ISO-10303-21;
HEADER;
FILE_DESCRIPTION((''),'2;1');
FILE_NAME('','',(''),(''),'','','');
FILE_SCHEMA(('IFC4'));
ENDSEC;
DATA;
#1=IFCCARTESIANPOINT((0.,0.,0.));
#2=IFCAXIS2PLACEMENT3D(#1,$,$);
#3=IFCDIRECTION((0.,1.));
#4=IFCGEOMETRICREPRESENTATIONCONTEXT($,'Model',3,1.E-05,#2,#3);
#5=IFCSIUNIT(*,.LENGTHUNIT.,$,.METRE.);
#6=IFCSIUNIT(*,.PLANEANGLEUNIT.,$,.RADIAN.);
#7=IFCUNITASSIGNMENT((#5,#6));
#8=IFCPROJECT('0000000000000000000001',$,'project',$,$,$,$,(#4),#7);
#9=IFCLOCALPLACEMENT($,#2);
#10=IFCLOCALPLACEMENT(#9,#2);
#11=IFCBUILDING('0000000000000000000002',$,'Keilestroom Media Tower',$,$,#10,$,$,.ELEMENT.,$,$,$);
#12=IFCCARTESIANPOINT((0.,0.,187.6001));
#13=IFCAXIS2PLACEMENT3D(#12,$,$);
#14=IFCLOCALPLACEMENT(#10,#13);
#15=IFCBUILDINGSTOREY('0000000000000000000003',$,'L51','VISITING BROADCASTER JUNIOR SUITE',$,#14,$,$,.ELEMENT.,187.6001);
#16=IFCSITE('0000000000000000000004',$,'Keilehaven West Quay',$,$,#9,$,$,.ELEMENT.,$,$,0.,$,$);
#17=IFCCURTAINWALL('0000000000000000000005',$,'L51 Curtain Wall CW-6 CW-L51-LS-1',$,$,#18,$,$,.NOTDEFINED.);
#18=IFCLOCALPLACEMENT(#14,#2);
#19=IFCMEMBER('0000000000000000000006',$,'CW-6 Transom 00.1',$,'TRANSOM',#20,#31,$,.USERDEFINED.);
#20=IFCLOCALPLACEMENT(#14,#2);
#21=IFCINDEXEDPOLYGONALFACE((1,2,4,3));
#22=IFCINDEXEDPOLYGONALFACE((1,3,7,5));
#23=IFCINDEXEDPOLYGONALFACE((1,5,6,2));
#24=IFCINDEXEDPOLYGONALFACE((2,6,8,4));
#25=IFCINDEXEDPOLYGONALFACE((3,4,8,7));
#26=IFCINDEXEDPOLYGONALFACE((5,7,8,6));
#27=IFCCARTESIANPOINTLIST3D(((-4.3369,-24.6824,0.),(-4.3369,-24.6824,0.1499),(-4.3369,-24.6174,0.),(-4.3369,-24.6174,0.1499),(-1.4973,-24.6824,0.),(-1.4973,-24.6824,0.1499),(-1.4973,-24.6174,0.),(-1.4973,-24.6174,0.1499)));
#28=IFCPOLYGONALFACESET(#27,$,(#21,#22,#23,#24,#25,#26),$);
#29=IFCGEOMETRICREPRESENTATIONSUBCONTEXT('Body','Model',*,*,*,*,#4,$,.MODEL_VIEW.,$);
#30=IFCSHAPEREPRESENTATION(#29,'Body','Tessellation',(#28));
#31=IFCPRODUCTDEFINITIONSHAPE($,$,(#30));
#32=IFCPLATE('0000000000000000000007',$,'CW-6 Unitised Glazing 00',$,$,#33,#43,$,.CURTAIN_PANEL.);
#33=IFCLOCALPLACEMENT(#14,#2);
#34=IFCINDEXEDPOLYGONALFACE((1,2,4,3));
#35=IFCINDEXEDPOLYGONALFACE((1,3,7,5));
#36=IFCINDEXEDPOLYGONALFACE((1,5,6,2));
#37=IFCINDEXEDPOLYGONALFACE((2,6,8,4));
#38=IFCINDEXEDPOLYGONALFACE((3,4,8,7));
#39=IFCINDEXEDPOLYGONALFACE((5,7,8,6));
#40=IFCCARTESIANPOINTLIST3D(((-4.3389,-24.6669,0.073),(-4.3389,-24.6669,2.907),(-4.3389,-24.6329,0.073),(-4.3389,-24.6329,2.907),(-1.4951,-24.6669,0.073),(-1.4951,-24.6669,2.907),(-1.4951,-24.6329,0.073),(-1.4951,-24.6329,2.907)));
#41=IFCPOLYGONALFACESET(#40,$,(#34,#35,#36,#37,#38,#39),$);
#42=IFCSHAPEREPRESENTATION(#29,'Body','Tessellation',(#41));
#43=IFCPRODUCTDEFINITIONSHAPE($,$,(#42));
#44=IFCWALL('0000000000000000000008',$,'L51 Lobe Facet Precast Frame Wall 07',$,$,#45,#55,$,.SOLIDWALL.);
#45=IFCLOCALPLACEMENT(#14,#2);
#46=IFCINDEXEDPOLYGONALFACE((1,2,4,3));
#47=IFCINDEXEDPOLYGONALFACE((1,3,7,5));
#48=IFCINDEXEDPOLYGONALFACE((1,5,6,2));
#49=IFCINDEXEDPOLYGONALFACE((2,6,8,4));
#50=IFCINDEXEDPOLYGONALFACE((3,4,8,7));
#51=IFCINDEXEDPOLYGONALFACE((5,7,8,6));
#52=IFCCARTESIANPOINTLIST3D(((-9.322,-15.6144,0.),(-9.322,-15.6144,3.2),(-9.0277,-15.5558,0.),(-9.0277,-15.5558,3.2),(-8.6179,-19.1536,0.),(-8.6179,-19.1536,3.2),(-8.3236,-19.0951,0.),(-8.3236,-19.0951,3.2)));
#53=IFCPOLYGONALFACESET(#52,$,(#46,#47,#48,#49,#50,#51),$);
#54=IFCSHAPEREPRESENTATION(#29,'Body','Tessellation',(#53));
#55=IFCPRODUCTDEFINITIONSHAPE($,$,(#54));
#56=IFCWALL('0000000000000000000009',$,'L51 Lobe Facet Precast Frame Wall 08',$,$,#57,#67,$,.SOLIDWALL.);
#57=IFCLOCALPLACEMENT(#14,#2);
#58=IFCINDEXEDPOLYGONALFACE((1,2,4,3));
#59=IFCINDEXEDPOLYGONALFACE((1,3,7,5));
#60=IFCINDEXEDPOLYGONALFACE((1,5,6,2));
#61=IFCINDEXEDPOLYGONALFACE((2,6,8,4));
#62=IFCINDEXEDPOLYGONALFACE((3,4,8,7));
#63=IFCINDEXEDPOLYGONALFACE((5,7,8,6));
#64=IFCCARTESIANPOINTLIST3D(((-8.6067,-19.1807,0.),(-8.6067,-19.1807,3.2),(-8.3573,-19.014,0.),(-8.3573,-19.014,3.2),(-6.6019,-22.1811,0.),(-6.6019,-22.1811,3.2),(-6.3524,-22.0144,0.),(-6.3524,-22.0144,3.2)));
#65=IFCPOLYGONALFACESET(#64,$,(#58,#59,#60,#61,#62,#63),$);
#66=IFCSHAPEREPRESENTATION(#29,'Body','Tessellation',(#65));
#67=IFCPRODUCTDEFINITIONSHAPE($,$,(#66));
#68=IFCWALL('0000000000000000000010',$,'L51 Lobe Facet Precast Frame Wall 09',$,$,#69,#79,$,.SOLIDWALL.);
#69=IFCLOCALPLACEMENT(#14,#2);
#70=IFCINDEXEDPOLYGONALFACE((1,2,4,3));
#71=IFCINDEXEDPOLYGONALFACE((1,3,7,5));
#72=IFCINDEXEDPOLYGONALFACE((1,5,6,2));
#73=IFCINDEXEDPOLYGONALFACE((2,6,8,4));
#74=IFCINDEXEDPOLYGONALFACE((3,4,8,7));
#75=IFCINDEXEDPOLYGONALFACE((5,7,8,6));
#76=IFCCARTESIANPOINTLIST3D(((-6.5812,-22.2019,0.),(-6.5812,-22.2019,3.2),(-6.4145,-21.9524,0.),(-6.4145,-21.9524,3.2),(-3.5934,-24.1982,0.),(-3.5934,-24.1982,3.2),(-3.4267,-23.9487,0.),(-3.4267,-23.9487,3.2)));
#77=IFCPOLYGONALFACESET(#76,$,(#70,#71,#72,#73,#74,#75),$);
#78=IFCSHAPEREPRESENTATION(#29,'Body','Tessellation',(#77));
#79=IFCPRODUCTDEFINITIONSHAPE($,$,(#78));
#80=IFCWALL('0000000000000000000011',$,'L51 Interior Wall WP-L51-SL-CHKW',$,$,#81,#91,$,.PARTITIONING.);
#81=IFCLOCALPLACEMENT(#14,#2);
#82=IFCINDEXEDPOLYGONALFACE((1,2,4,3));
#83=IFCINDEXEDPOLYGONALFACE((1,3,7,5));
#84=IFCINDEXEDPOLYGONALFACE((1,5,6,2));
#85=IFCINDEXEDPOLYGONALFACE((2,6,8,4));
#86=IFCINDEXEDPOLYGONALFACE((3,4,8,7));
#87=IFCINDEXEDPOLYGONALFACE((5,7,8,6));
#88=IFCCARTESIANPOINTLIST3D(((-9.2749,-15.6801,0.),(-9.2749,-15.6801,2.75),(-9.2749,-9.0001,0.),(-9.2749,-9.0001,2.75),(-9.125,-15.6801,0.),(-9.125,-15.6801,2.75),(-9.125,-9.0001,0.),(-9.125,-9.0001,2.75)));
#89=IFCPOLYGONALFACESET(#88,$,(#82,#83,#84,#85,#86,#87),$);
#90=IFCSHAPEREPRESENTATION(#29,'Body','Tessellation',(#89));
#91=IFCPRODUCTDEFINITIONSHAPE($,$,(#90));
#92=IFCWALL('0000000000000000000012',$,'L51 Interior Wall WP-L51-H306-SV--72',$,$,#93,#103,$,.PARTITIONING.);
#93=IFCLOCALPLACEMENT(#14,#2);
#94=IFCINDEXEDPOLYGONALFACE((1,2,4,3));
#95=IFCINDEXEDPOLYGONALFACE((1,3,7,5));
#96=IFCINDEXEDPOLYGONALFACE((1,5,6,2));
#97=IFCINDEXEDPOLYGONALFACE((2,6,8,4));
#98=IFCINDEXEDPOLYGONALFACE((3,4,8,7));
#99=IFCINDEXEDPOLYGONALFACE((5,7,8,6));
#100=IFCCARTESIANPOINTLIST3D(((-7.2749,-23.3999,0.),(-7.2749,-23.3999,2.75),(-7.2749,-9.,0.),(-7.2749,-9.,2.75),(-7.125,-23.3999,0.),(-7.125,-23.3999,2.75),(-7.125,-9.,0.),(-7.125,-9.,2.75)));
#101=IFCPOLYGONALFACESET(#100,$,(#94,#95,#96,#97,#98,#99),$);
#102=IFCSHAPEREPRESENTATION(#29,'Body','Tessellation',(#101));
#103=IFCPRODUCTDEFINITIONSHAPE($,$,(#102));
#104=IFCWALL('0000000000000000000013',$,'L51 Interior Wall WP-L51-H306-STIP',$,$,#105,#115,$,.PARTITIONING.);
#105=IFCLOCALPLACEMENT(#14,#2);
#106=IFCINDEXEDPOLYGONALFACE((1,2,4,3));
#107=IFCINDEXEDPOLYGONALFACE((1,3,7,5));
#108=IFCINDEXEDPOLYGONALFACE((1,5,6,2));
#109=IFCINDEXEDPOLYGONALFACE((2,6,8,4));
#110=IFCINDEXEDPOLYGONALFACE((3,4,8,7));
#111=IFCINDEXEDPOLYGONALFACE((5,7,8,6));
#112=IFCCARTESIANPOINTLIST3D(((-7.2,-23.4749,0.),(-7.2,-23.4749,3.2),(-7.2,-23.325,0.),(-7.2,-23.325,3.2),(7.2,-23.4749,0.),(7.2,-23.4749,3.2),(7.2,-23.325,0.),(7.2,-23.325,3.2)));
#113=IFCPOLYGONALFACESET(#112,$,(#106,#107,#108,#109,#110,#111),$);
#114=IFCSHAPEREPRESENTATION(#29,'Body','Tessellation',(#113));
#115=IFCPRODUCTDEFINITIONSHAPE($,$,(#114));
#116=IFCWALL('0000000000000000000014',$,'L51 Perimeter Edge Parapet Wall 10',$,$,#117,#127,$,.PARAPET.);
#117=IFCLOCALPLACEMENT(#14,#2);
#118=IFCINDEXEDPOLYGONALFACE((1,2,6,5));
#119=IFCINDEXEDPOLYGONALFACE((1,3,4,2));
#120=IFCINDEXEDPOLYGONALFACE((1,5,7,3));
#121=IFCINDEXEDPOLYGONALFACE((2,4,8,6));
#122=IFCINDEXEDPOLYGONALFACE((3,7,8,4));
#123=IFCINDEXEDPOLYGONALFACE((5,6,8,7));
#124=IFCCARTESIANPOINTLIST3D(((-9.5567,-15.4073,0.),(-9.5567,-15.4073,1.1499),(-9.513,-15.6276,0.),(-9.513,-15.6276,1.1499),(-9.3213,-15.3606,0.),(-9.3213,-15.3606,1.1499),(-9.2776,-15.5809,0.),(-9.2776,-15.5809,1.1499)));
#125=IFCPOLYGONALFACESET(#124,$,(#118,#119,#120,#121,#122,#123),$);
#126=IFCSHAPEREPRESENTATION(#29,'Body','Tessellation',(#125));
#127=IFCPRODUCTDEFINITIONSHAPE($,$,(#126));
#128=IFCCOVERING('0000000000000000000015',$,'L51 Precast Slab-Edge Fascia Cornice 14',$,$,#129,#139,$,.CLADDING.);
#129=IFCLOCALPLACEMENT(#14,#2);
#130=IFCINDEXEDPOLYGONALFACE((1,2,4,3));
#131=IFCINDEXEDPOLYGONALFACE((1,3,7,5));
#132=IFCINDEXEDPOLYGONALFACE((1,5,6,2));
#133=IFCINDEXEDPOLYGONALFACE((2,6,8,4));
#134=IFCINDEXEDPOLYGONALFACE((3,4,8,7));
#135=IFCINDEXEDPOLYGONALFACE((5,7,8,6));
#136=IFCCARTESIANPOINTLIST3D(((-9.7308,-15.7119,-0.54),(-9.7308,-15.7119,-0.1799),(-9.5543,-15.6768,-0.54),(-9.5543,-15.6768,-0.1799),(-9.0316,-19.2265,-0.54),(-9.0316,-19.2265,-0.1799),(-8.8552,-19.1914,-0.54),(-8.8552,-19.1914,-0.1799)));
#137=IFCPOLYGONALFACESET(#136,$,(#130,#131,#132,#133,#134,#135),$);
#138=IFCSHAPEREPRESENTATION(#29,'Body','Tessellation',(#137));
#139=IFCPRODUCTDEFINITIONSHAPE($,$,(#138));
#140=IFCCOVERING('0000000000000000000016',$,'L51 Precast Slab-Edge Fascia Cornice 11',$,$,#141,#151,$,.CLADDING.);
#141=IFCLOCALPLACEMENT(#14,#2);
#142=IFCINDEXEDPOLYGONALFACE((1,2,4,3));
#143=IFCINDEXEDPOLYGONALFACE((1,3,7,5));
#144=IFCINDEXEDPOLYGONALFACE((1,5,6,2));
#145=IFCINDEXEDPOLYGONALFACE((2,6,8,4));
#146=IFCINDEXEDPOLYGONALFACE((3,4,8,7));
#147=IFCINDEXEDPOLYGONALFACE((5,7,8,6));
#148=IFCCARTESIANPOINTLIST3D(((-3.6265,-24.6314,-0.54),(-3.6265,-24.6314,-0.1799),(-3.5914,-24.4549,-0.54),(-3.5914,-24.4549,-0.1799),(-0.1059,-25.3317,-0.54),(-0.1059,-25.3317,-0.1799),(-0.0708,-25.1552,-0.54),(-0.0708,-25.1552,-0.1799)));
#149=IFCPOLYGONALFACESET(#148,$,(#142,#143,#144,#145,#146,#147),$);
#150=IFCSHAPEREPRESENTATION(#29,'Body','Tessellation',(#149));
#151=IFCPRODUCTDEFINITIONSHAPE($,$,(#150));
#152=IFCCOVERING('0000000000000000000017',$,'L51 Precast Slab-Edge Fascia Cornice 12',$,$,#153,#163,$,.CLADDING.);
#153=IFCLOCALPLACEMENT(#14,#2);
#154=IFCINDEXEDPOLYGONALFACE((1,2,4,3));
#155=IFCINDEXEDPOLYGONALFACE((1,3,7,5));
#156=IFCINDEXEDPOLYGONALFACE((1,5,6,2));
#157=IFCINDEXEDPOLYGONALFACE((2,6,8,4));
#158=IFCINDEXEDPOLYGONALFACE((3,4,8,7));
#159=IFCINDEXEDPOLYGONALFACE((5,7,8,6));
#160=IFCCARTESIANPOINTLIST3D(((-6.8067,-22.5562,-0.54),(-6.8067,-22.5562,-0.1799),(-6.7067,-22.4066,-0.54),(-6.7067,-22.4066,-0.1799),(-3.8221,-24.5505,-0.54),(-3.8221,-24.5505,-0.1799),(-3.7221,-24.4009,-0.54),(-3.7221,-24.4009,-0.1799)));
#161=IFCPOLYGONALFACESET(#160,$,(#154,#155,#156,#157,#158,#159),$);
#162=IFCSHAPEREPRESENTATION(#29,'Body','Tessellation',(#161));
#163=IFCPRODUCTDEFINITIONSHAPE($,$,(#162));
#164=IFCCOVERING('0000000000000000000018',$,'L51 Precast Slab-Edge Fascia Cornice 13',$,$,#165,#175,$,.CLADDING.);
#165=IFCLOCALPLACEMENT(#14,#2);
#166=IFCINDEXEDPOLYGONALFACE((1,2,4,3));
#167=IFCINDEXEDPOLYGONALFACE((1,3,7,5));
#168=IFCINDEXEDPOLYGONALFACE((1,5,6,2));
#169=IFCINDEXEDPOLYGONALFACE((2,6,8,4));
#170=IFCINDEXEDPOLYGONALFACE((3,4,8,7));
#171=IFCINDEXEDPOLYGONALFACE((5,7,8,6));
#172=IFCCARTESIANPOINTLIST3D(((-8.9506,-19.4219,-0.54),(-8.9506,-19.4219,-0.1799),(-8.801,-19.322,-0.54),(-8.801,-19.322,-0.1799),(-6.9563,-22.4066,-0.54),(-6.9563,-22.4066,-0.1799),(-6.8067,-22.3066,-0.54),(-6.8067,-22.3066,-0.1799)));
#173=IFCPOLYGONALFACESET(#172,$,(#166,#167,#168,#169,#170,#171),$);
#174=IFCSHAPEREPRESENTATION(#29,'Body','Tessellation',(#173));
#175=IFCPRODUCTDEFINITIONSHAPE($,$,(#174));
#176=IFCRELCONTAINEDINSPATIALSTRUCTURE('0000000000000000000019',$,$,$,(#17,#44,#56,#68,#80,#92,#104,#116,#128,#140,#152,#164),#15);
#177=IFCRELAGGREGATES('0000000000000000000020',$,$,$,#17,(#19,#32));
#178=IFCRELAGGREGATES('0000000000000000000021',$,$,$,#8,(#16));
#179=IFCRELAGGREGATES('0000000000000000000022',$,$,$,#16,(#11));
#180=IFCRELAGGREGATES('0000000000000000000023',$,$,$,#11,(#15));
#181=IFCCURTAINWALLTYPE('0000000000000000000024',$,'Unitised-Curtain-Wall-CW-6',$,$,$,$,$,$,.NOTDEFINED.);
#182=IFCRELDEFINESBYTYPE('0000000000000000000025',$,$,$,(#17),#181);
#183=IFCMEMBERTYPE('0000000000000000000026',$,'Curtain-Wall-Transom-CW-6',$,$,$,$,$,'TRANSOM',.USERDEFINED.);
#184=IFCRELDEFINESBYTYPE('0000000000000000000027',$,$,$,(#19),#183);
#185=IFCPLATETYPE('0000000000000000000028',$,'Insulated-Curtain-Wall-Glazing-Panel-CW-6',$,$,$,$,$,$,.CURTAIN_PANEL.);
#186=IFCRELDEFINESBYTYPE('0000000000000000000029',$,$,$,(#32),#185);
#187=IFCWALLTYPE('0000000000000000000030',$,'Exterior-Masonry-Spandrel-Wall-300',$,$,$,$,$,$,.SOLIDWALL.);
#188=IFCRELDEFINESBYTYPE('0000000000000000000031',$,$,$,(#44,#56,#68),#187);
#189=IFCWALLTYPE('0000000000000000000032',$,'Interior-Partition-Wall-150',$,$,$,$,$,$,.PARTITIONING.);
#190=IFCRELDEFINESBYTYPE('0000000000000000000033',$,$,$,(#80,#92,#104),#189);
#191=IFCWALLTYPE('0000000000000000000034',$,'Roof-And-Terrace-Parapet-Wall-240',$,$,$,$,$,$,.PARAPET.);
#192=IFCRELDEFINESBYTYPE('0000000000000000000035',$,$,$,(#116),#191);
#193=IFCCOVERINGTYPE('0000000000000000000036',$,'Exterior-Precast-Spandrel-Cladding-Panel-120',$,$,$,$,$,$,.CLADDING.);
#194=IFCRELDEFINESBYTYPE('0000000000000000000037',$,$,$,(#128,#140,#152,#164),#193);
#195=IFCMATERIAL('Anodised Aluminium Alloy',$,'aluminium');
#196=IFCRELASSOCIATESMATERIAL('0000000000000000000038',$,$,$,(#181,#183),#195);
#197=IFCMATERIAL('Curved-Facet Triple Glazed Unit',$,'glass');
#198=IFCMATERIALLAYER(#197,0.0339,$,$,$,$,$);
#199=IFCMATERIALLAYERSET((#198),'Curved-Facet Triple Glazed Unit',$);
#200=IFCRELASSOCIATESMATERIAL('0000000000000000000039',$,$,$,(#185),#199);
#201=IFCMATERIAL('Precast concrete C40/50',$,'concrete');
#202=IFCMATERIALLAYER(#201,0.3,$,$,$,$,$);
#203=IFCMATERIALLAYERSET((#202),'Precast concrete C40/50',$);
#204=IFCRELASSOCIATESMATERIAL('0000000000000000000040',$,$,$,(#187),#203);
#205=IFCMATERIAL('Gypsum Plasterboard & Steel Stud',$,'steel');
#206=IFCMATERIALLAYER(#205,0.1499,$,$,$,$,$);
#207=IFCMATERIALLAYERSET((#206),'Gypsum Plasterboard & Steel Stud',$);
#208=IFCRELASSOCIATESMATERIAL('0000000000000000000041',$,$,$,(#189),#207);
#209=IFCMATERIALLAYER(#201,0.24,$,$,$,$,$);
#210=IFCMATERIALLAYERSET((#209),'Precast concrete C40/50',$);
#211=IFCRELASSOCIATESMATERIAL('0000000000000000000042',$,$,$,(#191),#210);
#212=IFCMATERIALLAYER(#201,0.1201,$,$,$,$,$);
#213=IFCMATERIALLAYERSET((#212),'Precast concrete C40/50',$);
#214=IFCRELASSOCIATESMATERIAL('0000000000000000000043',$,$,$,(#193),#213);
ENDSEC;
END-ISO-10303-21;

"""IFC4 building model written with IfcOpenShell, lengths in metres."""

from ifc_helpers import new_model, si_unit, direction, frame, frame_2d, origin, origin_2d, place, context, subcontext, project, spatial, rectangle, extrude, source, transform, mapped, material, layer, layer_set, material_profile, profile_set, type_object, element, aggregate, save


model = new_model("IFC4")

# Units and contexts
model_context = context("Model", 3, precision=1e-05, world=origin(), true_north=direction((0.0, 1.0)))
body_context = subcontext(model_context, "Body", "Model", "MODEL_VIEW")
ifc_project = project(units=[si_unit("LENGTHUNIT", "METRE"), si_unit("PLANEANGLEUNIT", "RADIAN")], contexts=[model_context])

# Site, building, storey
site_placement = place(None, origin())
site = spatial("IfcSite", under=ifc_project, at=site_placement, Name="Keilehaven West Quay", CompositionType="ELEMENT", RefElevation=0.0)
building_placement = place(site_placement, origin())
building = spatial("IfcBuilding", under=site, at=building_placement, Name="Keilestroom Media Tower", CompositionType="ELEMENT")
storey_placement = place(building_placement, frame((0.0, 0.0, 187.6001)))
storey = spatial("IfcBuildingStorey", under=building, at=storey_placement, Name="L51", Description="VISITING BROADCASTER JUNIOR SUITE", CompositionType="ELEMENT", Elevation=187.6001)

# Curtain wall, member, plate
ifc_material_1 = material(Name="Anodised Aluminium Alloy", Category="aluminium")
curtain_wall_type = type_object("IfcCurtainWallType", Name="Unitised-Curtain-Wall-CW-6", PredefinedType="NOTDEFINED", material=ifc_material_1)
curtain_wall_placement = place(storey_placement, origin())
curtain_wall = element("IfcCurtainWall", 1, at=curtain_wall_placement, inside=storey, type_object=curtain_wall_type, Name="L51 Curtain Wall CW-6 CW-L51-LS-1", PredefinedType="NOTDEFINED")
ifc_material_profile_1 = material_profile(ifc_material_1, rectangle(XDim=0.0649, YDim=0.1499, at=origin_2d()), Name="ALU TRANSOM 65x150")
ifc_profile_set_1 = profile_set([ifc_material_profile_1], Name="Anodised Aluminium Alloy")
member_type_1 = type_object("IfcMemberType", Name="Curtain-Wall-Transom-CW-6", ElementType="TRANSOM", PredefinedType="USERDEFINED", material=ifc_profile_set_1)
shared_shape_1 = source(origin(), body_context, "Body", "SweptSolid", [
    extrude(rectangle(XDim=0.0649, YDim=0.1499, at=origin_2d()), origin(), (0.0, 0.0, 1.0), 2.8396),
])
member_1_placement = place(storey_placement, frame((-4.3369, -24.6499, 0.075), z_axis=(1.0, 0.0, 0.0), x_axis=(0.0, 1.0, 0.0)))
member_1 = element("IfcMember", 2, at=member_1_placement, type_object=member_type_1, Name="CW-6 Transom 00.1", ObjectType="TRANSOM", PredefinedType="USERDEFINED", context=body_context, shape_type="MappedRepresentation", body=[
    mapped(shared_shape_1, transform((0.0, 0.0, 0.0), x_axis=(1.0, 0.0, 0.0), y_axis=(0.0, 1.0, 0.0), z_axis=(0.0, 0.0, 1.0), scale=1.0)),
])
ifc_material_2 = material(Name="Curved-Facet Triple Glazed Unit", Category="glass")
ifc_layer_1 = layer(ifc_material_2, 0.0339)
ifc_layer_set_1 = layer_set([ifc_layer_1], Name="Curved-Facet Triple Glazed Unit")
plate_type = type_object("IfcPlateType", Name="Insulated-Curtain-Wall-Glazing-Panel-CW-6", PredefinedType="CURTAIN_PANEL", material=ifc_layer_set_1)
shared_shape_2 = source(origin(), body_context, "Body", "SweptSolid", [
    extrude(rectangle(XDim=2.8438, YDim=0.0339, at=origin_2d()), origin(), (0.0, 0.0, 1.0), 2.834),
])
plate_placement = place(storey_placement, frame((-2.917, -24.6499, 0.073), z_axis=(0.0, 0.0, 1.0), x_axis=(1.0, 0.0, 0.0)))
plate = element("IfcPlate", 3, at=plate_placement, type_object=plate_type, Name="CW-6 Unitised Glazing 00", PredefinedType="CURTAIN_PANEL", context=body_context, shape_type="MappedRepresentation", body=[
    mapped(shared_shape_2, transform((0.0, 0.0, 0.0), x_axis=(1.0, 0.0, 0.0), y_axis=(0.0, 1.0, 0.0), z_axis=(0.0, 0.0, 1.0), scale=1.0)),
])
aggregate(curtain_wall, [member_1, plate])

# Walls
ifc_material_3 = material(Name="Precast concrete C40/50", Category="concrete")
ifc_layer_2 = layer(ifc_material_3, 0.3)
ifc_layer_set_2 = layer_set([ifc_layer_2], Name="Precast concrete C40/50")
wall_type_1 = type_object("IfcWallType", Name="Exterior-Masonry-Spandrel-Wall-300", PredefinedType="SOLIDWALL", material=ifc_layer_set_2)
for number, where, z_axis, x_axis, name in (
    (4, (-9.1748, -15.5852, 0.0), (0.0, 0.0, 1.0), (0.195114, -0.980781, 0.0), "L51 Lobe Facet Precast Frame Wall 07"),
    (5, (-8.4819, -19.0974, 0.0), (0.0, 0.0, 1.0), (0.555574, -0.831467, 0.0), "L51 Lobe Facet Precast Frame Wall 08"),
):
    element("IfcWall", number, at=place(storey_placement, frame(where, z_axis=z_axis, x_axis=x_axis)), inside=storey, type_object=wall_type_1, Name=name, PredefinedType="SOLIDWALL", context=body_context, shape_type="SweptSolid", body=[
        extrude(rectangle(XDim=3.6086, YDim=0.3, at=frame_2d((1.8042, 0.0))), origin(), (0.0, 0.0, 1.0), 3.2),
    ])
wall_1_placement = place(storey_placement, frame((-6.4978, -22.0771, 0.0), z_axis=(0.0, 0.0, 1.0), x_axis=(0.831475, -0.555562, 0.0)))
element("IfcWall", 6, at=wall_1_placement, inside=storey, type_object=wall_type_1, Name="L51 Lobe Facet Precast Frame Wall 09", PredefinedType="SOLIDWALL", context=body_context, shape_type="SweptSolid", body=[
    extrude(rectangle(XDim=3.5933, YDim=0.3, at=frame_2d((1.7966, 0.0))), origin(), (0.0, 0.0, 1.0), 3.2),
])
ifc_material_4 = material(Name="Gypsum Plasterboard & Steel Stud", Category="steel")
ifc_layer_3 = layer(ifc_material_4, 0.1499)
ifc_layer_set_3 = layer_set([ifc_layer_3], Name="Gypsum Plasterboard & Steel Stud")
wall_type_2 = type_object("IfcWallType", Name="Interior-Partition-Wall-150", PredefinedType="PARTITIONING", material=ifc_layer_set_3)
wall_2_placement = place(storey_placement, frame((-9.2, -15.6799, 0.0), z_axis=(0.0, 0.0, 1.0), x_axis=(0.0, 1.0, 0.0)))
element("IfcWall", 7, at=wall_2_placement, inside=storey, type_object=wall_type_2, Name="L51 Interior Wall WP-L51-SL-CHKW", PredefinedType="PARTITIONING", context=body_context, shape_type="SweptSolid", body=[
    extrude(rectangle(XDim=6.6799, YDim=0.1499, at=frame_2d((3.3398, 0.0))), origin(), (0.0, 0.0, 1.0), 2.75),
])
wall_3_placement = place(storey_placement, frame((-7.2, -23.3999, 0.0), z_axis=(0.0, 0.0, 1.0), x_axis=(0.0, 1.0, 0.0)))
element("IfcWall", 8, at=wall_3_placement, inside=storey, type_object=wall_type_2, Name="L51 Interior Wall WP-L51-H306-SV--72", PredefinedType="PARTITIONING", context=body_context, shape_type="SweptSolid", body=[
    extrude(rectangle(XDim=14.3999, YDim=0.1499, at=frame_2d((7.2, 0.0))), origin(), (0.0, 0.0, 1.0), 2.75),
])
wall_4_placement = place(storey_placement, frame((-7.2, -23.3999, 0.0), z_axis=(0.0, 0.0, 1.0), x_axis=(1.0, 0.0, 0.0)))
element("IfcWall", 9, at=wall_4_placement, inside=storey, type_object=wall_type_2, Name="L51 Interior Wall WP-L51-H306-STIP", PredefinedType="PARTITIONING", context=body_context, shape_type="SweptSolid", body=[
    extrude(rectangle(XDim=14.3999, YDim=0.1499, at=frame_2d((7.2, 0.0))), origin(), (0.0, 0.0, 1.0), 3.2),
])
ifc_layer_4 = layer(ifc_material_3, 0.24)
ifc_layer_set_4 = layer_set([ifc_layer_4], Name="Precast concrete C40/50")
wall_type_3 = type_object("IfcWallType", Name="Roof-And-Terrace-Parapet-Wall-240", PredefinedType="PARAPET", material=ifc_layer_set_4)
wall_5_placement = place(storey_placement, frame((-9.3953, -15.6042, 0.0), z_axis=(0.0, 0.0, 1.0), x_axis=(-0.194652, 0.980872, 0.0)))
element("IfcWall", 10, at=wall_5_placement, inside=storey, type_object=wall_type_3, Name="L51 Perimeter Edge Parapet Wall 10", PredefinedType="PARAPET", context=body_context, shape_type="SweptSolid", body=[
    extrude(rectangle(XDim=0.2246, YDim=0.24, at=frame_2d((0.1123, 0.0))), origin(), (0.0, 0.0, 1.0), 1.1499),
])

# Coverings
ifc_layer_5 = layer(ifc_material_3, 0.1201)
ifc_layer_set_5 = layer_set([ifc_layer_5], Name="Precast concrete C40/50")
covering_type = type_object("IfcCoveringType", Name="Exterior-Precast-Spandrel-Cladding-Panel-120", PredefinedType="CLADDING", material=ifc_layer_set_5)
shared_shape_3 = source(origin(), body_context, "Body", "SweptSolid", [
    extrude(rectangle(XDim=3.5835, YDim=0.1799, at=origin_2d()), origin(), (0.0, 0.0, 1.0), 0.3601),
])
covering_placement = place(storey_placement, frame((-9.293, -17.4517, -0.54), z_axis=(0.0, 0.0, 1.0), x_axis=(-0.195099, 0.980784, 0.0)))
element("IfcCovering", 11, at=covering_placement, inside=storey, type_object=covering_type, Name="L51 Precast Slab-Edge Fascia Cornice 14", PredefinedType="CLADDING", context=body_context, shape_type="MappedRepresentation", body=[
    mapped(shared_shape_3, transform((0.0, 0.0, 0.0), x_axis=(1.0, 0.0, 0.0), y_axis=(0.0, 1.0, 0.0), z_axis=(0.0, 0.0, 1.0), scale=1.0)),
])
shared_shape_4 = source(origin(), body_context, "Body", "SweptSolid", [
    extrude(rectangle(XDim=3.5896, YDim=0.1799, at=origin_2d()), origin(), (0.0, 0.0, 1.0), 0.3601),
])
for number, where, z_axis, x_axis, name in (
    (12, (-1.8486, -24.8933, -0.54), (0.0, 0.0, 1.0), (-0.980784, 0.195099, 0.0), "L51 Precast Slab-Edge Fascia Cornice 11"),
    (13, (-5.2644, -23.4785, -0.54), (0.0, 0.0, 1.0), (-0.831467, 0.555575, 0.0), "L51 Precast Slab-Edge Fascia Cornice 12"),
    (14, (-7.8787, -20.8643, -0.54), (0.0, 0.0, 1.0), (-0.555575, 0.831467, 0.0), "L51 Precast Slab-Edge Fascia Cornice 13"),
):
    element("IfcCovering", number, at=place(storey_placement, frame(where, z_axis=z_axis, x_axis=x_axis)), inside=storey, type_object=covering_type, Name=name, PredefinedType="CLADDING", context=body_context, shape_type="MappedRepresentation", body=[
        mapped(shared_shape_4, transform((0.0, 0.0, 0.0), x_axis=(1.0, 0.0, 0.0), y_axis=(0.0, 1.0, 0.0), z_axis=(0.0, 0.0, 1.0), scale=1.0)),
    ])

save(model, "model.ifc")
